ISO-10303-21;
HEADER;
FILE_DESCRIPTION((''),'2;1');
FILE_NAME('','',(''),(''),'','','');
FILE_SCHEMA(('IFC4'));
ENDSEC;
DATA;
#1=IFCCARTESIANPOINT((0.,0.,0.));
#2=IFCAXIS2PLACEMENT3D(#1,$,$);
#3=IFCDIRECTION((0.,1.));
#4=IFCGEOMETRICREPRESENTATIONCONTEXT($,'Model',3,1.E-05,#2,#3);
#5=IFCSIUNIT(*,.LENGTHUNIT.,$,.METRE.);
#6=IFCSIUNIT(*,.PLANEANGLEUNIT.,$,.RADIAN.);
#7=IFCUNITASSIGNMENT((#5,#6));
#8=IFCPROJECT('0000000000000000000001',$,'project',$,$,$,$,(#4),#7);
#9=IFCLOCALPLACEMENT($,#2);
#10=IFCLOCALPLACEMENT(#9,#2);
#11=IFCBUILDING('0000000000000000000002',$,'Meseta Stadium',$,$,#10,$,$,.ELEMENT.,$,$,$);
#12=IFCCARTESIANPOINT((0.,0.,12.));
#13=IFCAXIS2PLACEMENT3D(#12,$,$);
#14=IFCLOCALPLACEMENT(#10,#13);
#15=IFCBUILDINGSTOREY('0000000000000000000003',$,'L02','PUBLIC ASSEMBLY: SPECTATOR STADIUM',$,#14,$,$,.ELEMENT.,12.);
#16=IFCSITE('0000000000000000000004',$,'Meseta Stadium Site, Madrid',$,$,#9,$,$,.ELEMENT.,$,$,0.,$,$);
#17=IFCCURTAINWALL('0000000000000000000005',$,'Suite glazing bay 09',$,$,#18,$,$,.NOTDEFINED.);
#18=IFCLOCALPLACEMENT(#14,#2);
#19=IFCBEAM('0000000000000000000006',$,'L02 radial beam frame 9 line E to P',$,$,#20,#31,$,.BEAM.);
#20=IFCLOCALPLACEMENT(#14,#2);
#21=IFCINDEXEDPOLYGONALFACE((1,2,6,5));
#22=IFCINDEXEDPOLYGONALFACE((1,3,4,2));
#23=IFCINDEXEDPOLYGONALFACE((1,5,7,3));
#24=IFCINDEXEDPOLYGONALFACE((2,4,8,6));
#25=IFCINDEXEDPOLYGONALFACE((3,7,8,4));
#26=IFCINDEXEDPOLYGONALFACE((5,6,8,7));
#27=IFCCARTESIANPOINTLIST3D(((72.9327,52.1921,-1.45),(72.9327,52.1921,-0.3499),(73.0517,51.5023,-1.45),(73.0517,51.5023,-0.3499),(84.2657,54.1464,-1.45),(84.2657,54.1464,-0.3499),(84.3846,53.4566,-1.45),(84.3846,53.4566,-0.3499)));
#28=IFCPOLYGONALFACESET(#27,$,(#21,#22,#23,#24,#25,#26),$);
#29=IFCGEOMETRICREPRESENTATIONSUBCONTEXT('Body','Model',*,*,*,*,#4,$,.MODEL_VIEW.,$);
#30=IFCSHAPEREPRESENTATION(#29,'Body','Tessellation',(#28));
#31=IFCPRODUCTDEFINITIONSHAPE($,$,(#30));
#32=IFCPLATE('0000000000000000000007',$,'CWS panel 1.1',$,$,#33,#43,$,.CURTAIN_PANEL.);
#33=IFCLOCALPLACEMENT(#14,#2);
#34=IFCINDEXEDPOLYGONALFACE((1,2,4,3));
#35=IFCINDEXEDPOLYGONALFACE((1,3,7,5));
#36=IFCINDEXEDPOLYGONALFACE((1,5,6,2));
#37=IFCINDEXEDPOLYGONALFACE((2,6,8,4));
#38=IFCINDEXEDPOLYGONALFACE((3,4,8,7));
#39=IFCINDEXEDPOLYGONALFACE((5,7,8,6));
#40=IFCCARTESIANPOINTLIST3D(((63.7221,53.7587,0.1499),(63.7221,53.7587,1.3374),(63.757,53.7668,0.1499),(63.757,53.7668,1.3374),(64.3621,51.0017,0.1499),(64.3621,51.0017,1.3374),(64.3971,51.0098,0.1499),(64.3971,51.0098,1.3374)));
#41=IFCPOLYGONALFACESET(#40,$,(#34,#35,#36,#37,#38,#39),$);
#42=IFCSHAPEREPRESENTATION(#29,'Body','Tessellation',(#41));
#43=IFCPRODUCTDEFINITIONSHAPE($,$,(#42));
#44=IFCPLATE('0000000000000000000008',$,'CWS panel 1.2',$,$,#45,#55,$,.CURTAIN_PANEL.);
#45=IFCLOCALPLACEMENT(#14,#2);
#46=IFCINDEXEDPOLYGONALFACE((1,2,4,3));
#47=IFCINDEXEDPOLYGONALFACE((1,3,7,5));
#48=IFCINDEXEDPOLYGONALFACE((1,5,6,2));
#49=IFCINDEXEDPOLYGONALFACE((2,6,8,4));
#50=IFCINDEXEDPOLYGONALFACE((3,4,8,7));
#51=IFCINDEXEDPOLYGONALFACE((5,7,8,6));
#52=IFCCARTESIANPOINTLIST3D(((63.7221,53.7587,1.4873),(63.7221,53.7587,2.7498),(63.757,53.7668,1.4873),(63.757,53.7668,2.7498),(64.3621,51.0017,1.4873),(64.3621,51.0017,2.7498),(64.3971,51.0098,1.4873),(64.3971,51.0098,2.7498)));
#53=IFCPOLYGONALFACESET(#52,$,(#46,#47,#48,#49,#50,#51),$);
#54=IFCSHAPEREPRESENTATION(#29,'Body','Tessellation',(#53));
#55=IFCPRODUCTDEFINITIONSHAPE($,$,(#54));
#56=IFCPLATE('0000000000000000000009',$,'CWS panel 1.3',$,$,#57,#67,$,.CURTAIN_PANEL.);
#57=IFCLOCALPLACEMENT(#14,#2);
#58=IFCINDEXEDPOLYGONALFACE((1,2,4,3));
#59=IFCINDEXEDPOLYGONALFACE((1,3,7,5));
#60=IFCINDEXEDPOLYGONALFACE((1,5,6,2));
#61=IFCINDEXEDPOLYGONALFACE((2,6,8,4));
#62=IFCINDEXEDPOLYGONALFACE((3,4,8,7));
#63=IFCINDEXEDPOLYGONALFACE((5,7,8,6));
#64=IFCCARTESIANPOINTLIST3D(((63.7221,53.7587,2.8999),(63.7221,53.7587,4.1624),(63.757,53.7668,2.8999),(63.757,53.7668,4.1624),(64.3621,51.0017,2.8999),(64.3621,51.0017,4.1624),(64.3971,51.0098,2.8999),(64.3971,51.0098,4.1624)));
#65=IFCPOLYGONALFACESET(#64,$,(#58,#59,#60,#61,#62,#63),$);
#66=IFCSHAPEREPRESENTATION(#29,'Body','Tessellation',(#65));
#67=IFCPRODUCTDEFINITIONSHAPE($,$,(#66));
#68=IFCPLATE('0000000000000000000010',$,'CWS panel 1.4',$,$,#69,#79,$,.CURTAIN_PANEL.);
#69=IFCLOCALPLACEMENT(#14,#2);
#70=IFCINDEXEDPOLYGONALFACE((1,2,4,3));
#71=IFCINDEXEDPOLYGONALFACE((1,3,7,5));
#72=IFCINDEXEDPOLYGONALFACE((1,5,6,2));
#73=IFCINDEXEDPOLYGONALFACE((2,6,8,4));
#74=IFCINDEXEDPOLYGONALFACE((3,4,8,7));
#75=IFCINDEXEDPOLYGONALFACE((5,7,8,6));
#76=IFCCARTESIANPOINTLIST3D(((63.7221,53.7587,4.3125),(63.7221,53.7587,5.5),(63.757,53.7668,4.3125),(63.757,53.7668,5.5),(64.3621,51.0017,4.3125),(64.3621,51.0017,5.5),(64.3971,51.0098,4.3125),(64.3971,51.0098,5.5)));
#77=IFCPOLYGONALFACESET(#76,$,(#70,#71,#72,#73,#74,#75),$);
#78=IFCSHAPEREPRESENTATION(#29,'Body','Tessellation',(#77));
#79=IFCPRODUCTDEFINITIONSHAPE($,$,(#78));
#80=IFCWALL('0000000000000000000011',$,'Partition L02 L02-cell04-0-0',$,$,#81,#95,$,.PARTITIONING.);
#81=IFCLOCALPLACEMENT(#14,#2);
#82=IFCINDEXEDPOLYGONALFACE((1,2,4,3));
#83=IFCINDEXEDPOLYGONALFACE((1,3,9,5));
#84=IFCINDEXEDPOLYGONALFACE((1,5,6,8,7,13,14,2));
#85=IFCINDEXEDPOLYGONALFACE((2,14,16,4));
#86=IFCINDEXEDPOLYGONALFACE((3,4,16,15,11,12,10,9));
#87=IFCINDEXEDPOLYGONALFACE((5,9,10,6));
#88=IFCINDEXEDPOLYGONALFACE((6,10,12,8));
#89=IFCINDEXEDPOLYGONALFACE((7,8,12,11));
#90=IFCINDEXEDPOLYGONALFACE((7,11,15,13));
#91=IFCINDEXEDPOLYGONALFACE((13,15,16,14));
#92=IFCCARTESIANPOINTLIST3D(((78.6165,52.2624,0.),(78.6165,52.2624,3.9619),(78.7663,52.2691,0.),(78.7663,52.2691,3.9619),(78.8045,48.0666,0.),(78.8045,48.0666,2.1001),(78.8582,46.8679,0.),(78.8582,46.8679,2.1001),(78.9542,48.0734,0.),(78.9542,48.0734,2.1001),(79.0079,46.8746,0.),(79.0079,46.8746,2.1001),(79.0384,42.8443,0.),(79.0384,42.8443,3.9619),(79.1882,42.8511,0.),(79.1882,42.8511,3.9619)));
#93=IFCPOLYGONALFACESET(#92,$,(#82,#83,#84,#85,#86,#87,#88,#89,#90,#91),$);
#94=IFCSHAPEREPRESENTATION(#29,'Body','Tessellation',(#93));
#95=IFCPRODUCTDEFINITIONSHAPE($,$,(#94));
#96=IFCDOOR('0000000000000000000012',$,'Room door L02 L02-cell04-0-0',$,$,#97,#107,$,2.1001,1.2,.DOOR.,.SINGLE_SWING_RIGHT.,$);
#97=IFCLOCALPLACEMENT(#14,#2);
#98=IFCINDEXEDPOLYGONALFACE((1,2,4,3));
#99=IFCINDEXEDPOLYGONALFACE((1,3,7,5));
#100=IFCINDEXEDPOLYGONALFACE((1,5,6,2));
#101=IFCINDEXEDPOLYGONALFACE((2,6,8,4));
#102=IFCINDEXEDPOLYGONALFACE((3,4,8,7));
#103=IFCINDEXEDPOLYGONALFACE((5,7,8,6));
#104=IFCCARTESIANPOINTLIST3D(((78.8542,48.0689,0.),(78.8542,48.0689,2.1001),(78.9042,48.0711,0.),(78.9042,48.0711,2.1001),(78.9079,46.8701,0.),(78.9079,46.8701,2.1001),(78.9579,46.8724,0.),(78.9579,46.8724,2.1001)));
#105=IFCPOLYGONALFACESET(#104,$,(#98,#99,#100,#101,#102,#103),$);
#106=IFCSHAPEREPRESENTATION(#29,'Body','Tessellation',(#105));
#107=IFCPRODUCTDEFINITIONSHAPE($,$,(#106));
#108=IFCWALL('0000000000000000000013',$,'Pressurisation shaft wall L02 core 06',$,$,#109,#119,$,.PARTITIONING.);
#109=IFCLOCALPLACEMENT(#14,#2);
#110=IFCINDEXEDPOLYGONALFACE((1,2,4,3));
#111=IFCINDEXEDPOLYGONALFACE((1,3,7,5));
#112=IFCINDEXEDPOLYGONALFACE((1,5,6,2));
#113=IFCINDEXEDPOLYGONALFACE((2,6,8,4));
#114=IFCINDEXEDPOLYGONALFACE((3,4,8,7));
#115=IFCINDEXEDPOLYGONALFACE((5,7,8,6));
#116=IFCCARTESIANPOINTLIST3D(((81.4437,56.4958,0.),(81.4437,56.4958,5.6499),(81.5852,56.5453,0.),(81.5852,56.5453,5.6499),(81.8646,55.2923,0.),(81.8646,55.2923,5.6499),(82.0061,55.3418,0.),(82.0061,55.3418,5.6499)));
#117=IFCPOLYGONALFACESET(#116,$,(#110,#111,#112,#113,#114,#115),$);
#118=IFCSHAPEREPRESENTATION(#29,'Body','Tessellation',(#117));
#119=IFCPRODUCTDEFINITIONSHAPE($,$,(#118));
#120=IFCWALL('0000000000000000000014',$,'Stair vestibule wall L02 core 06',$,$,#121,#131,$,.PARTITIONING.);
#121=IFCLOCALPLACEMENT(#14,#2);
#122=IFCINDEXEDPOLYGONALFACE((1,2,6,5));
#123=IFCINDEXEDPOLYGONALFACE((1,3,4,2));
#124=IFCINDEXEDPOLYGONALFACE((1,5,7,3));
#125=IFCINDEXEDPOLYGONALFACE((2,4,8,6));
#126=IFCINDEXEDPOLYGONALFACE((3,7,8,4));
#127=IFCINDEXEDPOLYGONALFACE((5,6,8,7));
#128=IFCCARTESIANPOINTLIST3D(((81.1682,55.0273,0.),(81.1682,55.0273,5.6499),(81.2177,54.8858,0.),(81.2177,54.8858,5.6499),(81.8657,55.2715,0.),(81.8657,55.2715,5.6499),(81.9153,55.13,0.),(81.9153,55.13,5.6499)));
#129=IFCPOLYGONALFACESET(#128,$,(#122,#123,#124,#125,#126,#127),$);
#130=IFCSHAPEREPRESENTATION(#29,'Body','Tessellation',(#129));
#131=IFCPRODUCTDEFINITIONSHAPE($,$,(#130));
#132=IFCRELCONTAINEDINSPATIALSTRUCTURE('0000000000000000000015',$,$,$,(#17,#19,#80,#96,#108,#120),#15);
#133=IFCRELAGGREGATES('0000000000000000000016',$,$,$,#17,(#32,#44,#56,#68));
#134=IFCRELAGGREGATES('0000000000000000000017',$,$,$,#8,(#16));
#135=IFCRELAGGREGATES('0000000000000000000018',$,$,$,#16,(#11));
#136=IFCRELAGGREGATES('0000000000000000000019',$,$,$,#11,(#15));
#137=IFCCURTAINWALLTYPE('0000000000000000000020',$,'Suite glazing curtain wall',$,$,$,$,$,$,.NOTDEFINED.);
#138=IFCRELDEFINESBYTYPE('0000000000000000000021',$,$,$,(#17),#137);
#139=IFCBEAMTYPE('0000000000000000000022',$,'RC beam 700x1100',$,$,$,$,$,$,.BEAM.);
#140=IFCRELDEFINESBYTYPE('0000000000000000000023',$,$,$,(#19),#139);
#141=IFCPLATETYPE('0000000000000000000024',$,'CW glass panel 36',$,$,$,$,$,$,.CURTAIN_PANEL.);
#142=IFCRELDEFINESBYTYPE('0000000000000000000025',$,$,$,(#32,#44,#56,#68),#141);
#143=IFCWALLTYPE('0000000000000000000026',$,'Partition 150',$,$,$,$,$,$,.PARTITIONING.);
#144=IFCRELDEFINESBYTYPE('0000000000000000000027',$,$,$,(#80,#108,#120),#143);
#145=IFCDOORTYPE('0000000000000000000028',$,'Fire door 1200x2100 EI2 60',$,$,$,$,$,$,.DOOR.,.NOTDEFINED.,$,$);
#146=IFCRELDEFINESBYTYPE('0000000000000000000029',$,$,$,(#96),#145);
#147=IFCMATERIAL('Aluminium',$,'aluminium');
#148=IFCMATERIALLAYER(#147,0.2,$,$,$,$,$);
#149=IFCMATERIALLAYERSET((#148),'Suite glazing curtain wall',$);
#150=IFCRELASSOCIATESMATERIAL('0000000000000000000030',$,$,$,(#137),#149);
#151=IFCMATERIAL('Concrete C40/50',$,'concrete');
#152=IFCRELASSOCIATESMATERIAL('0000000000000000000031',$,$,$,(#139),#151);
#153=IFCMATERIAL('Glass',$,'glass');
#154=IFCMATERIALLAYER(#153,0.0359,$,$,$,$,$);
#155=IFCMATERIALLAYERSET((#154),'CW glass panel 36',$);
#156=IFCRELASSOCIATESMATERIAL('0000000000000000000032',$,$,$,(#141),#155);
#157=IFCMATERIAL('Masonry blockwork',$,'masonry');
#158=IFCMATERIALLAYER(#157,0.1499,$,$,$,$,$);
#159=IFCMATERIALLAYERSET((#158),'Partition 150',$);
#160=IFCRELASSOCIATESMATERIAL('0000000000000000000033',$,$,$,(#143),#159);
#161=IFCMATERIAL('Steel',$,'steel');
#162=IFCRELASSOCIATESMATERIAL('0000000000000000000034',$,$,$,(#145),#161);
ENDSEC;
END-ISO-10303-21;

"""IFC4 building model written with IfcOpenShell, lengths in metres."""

from ifc_helpers import new_model, si_unit, direction, frame, frame_2d, origin, origin_2d, place, context, subcontext, project, spatial, rectangle, extrude, material, layer, layer_set, material_profile, profile_set, type_object, element, fill, aggregate, save


model = new_model("IFC4")

# Units and contexts
model_context = context("Model", 3, precision=1e-05, world=origin(), true_north=direction((0.0, 1.0)))
body_context = subcontext(model_context, "Body", "Model", "MODEL_VIEW")
ifc_project = project(units=[si_unit("LENGTHUNIT", "METRE"), si_unit("PLANEANGLEUNIT", "RADIAN")], contexts=[model_context])

# Site, building, storey
site_placement = place(None, origin())
site = spatial("IfcSite", under=ifc_project, at=site_placement, Name="Meseta Stadium Site, Madrid", CompositionType="ELEMENT", RefElevation=0.0)
building_placement = place(site_placement, origin())
building = spatial("IfcBuilding", under=site, at=building_placement, Name="Meseta Stadium", CompositionType="ELEMENT")
storey_placement = place(building_placement, frame((0.0, 0.0, 12.0)))
storey = spatial("IfcBuildingStorey", under=building, at=storey_placement, Name="L02", Description="PUBLIC ASSEMBLY: SPECTATOR STADIUM", CompositionType="ELEMENT", Elevation=12.0)

# Curtain wall
ifc_material_1 = material(Name="Aluminium", Category="aluminium")
ifc_layer_1 = layer(ifc_material_1, 0.2)
ifc_layer_set_1 = layer_set([ifc_layer_1], Name="Suite glazing curtain wall")
curtain_wall_type = type_object("IfcCurtainWallType", Name="Suite glazing curtain wall", PredefinedType="NOTDEFINED", material=ifc_layer_set_1)
curtain_wall_placement = place(storey_placement, origin())
curtain_wall = element("IfcCurtainWall", 1, at=curtain_wall_placement, inside=storey, type_object=curtain_wall_type, Name="Suite glazing bay 09", PredefinedType="NOTDEFINED")

# Beam
ifc_material_2 = material(Name="Concrete C40/50", Category="concrete")
ifc_material_profile_1 = material_profile(ifc_material_2, rectangle(XDim=0.7, YDim=1.1001, at=origin_2d()), Name="RC 700x1100")
ifc_profile_set_1 = profile_set([ifc_material_profile_1], Name="Concrete C40/50")
beam_type_1 = type_object("IfcBeamType", Name="RC beam 700x1100", PredefinedType="BEAM", material=ifc_profile_set_1)
beam_1_placement = place(storey_placement, frame((72.9922, 51.8472, -0.8999), z_axis=(0.985455, 0.169939, 0.0), x_axis=(-0.169939, 0.985455, 0.0)))
element("IfcBeam", 2, at=beam_1_placement, inside=storey, type_object=beam_type_1, Name="L02 radial beam frame 9 line E to P", PredefinedType="BEAM", context=body_context, shape_type="SweptSolid", body=[
    extrude(rectangle(XDim=0.7, YDim=1.1001, at=origin_2d()), origin(), (0.0, 0.0, 1.0), 11.5002),
])

# Plates
ifc_material_3 = material(Name="Glass", Category="glass")
ifc_layer_2 = layer(ifc_material_3, 0.0359)
ifc_layer_set_2 = layer_set([ifc_layer_2], Name="CW glass panel 36")
plate_type = type_object("IfcPlateType", Name="CW glass panel 36", PredefinedType="CURTAIN_PANEL", material=ifc_layer_set_2)
plate_1_placement = place(storey_placement, frame((64.0596, 52.3843, 0.1499), z_axis=(0.0, 0.0, 1.0), x_axis=(-0.226148, 0.974093, 0.0)))
plate_1 = element("IfcPlate", 3, at=plate_1_placement, type_object=plate_type, Name="CWS panel 1.1", PredefinedType="CURTAIN_PANEL", context=body_context, shape_type="SweptSolid", body=[
    extrude(rectangle(XDim=2.8303, YDim=0.0359, at=origin_2d()), origin(), (0.0, 0.0, 1.0), 1.1875),
])
plate_2_placement = place(storey_placement, frame((64.0596, 52.3843, 1.4873), z_axis=(0.0, 0.0, 1.0), x_axis=(-0.226148, 0.974093, 0.0)))
plate_2 = element("IfcPlate", 4, at=plate_2_placement, type_object=plate_type, Name="CWS panel 1.2", PredefinedType="CURTAIN_PANEL", context=body_context, shape_type="SweptSolid", body=[
    extrude(rectangle(XDim=2.8303, YDim=0.0359, at=origin_2d()), origin(), (0.0, 0.0, 1.0), 1.2625),
])
plate_3_placement = place(storey_placement, frame((64.0596, 52.3843, 2.8999), z_axis=(0.0, 0.0, 1.0), x_axis=(-0.226148, 0.974093, 0.0)))
plate_3 = element("IfcPlate", 5, at=plate_3_placement, type_object=plate_type, Name="CWS panel 1.3", PredefinedType="CURTAIN_PANEL", context=body_context, shape_type="SweptSolid", body=[
    extrude(rectangle(XDim=2.8303, YDim=0.0359, at=origin_2d()), origin(), (0.0, 0.0, 1.0), 1.2625),
])
plate_4_placement = place(storey_placement, frame((64.0596, 52.3843, 4.3125), z_axis=(0.0, 0.0, 1.0), x_axis=(-0.226148, 0.974093, 0.0)))
plate_4 = element("IfcPlate", 6, at=plate_4_placement, type_object=plate_type, Name="CWS panel 1.4", PredefinedType="CURTAIN_PANEL", context=body_context, shape_type="SweptSolid", body=[
    extrude(rectangle(XDim=2.8303, YDim=0.0359, at=origin_2d()), origin(), (0.0, 0.0, 1.0), 1.1875),
])
aggregate(curtain_wall, [plate_1, plate_2, plate_3, plate_4])

# Wall, opening, door
ifc_material_4 = material(Name="Masonry blockwork", Category="masonry")
ifc_layer_3 = layer(ifc_material_4, 0.1499)
ifc_layer_set_3 = layer_set([ifc_layer_3], Name="Partition 150")
wall_type = type_object("IfcWallType", Name="Partition 150", PredefinedType="PARTITIONING", material=ifc_layer_set_3)
wall_1_placement = place(storey_placement, frame((78.6914, 52.2659, 0.0), z_axis=(0.0, 0.0, 1.0), x_axis=(0.04475, -0.998998, 0.0)))
wall_1 = element("IfcWall", 7, at=wall_1_placement, inside=storey, type_object=wall_type, Name="Partition L02 L02-cell04-0-0", PredefinedType="PARTITIONING", context=body_context, shape_type="SweptSolid", body=[
    extrude(rectangle(XDim=9.4275, YDim=0.1499, at=frame_2d((4.7139, 0.0))), origin(), (0.0, 0.0, 1.0), 3.9619),
])
opening_placement = place(wall_1_placement, frame((4.2, 0.0, 0.0)))
opening = element("IfcOpeningElement", 8, at=opening_placement, cuts=wall_1, PredefinedType="OPENING", context=body_context, shape_type="SweptSolid", body=[
    extrude(rectangle(XDim=1.2, YDim=2.1001, at=frame_2d((0.6001, 1.05))), frame((0.0, 0.085, 0.0), z_axis=(0.0, -1.0, 0.0), x_axis=(1.0, 0.0, 0.0)), (0.0, 0.0, 1.0), 0.1699),
])
ifc_material_5 = material(Name="Steel", Category="steel")
door_type = type_object("IfcDoorType", Name="Fire door 1200x2100 EI2 60", OperationType="NOTDEFINED", PredefinedType="DOOR", material=ifc_material_5)
door_placement = place(opening_placement, origin())
door = element("IfcDoor", 9, at=door_placement, inside=storey, type_object=door_type, Name="Room door L02 L02-cell04-0-0", OperationType="SINGLE_SWING_RIGHT", OverallHeight=2.1001, OverallWidth=1.2, PredefinedType="DOOR", context=body_context, shape_type="SweptSolid", body=[
    extrude(rectangle(XDim=1.2, YDim=2.1001, at=frame_2d((0.6001, 1.05))), frame((0.0, 0.0249, 0.0), z_axis=(0.0, -1.0, 0.0), x_axis=(1.0, 0.0, 0.0)), (0.0, 0.0, 1.0), 0.05),
])
fill(opening, door)

# Walls
wall_2_placement = place(storey_placement, frame((81.5144, 56.5205, 0.0), z_axis=(0.0, 0.0, 1.0), x_axis=(0.330154, -0.943927, 0.0)))
element("IfcWall", 10, at=wall_2_placement, inside=storey, type_object=wall_type, Name="Pressurisation shaft wall L02 core 06", PredefinedType="PARTITIONING", context=body_context, shape_type="SweptSolid", body=[
    extrude(rectangle(XDim=1.2749, YDim=0.1499, at=frame_2d((0.6375, 0.0))), origin(), (0.0, 0.0, 1.0), 5.6499),
])
wall_3_placement = place(storey_placement, frame((81.1929, 54.9565, 0.0), z_axis=(0.0, 0.0, 1.0), x_axis=(0.943853, 0.330365, 0.0)))
element("IfcWall", 11, at=wall_3_placement, inside=storey, type_object=wall_type, Name="Stair vestibule wall L02 core 06", PredefinedType="PARTITIONING", context=body_context, shape_type="SweptSolid", body=[
    extrude(rectangle(XDim=0.739, YDim=0.1499, at=frame_2d((0.3696, 0.0))), origin(), (0.0, 0.0, 1.0), 5.6499),
])

save(model, "model.ifc")
